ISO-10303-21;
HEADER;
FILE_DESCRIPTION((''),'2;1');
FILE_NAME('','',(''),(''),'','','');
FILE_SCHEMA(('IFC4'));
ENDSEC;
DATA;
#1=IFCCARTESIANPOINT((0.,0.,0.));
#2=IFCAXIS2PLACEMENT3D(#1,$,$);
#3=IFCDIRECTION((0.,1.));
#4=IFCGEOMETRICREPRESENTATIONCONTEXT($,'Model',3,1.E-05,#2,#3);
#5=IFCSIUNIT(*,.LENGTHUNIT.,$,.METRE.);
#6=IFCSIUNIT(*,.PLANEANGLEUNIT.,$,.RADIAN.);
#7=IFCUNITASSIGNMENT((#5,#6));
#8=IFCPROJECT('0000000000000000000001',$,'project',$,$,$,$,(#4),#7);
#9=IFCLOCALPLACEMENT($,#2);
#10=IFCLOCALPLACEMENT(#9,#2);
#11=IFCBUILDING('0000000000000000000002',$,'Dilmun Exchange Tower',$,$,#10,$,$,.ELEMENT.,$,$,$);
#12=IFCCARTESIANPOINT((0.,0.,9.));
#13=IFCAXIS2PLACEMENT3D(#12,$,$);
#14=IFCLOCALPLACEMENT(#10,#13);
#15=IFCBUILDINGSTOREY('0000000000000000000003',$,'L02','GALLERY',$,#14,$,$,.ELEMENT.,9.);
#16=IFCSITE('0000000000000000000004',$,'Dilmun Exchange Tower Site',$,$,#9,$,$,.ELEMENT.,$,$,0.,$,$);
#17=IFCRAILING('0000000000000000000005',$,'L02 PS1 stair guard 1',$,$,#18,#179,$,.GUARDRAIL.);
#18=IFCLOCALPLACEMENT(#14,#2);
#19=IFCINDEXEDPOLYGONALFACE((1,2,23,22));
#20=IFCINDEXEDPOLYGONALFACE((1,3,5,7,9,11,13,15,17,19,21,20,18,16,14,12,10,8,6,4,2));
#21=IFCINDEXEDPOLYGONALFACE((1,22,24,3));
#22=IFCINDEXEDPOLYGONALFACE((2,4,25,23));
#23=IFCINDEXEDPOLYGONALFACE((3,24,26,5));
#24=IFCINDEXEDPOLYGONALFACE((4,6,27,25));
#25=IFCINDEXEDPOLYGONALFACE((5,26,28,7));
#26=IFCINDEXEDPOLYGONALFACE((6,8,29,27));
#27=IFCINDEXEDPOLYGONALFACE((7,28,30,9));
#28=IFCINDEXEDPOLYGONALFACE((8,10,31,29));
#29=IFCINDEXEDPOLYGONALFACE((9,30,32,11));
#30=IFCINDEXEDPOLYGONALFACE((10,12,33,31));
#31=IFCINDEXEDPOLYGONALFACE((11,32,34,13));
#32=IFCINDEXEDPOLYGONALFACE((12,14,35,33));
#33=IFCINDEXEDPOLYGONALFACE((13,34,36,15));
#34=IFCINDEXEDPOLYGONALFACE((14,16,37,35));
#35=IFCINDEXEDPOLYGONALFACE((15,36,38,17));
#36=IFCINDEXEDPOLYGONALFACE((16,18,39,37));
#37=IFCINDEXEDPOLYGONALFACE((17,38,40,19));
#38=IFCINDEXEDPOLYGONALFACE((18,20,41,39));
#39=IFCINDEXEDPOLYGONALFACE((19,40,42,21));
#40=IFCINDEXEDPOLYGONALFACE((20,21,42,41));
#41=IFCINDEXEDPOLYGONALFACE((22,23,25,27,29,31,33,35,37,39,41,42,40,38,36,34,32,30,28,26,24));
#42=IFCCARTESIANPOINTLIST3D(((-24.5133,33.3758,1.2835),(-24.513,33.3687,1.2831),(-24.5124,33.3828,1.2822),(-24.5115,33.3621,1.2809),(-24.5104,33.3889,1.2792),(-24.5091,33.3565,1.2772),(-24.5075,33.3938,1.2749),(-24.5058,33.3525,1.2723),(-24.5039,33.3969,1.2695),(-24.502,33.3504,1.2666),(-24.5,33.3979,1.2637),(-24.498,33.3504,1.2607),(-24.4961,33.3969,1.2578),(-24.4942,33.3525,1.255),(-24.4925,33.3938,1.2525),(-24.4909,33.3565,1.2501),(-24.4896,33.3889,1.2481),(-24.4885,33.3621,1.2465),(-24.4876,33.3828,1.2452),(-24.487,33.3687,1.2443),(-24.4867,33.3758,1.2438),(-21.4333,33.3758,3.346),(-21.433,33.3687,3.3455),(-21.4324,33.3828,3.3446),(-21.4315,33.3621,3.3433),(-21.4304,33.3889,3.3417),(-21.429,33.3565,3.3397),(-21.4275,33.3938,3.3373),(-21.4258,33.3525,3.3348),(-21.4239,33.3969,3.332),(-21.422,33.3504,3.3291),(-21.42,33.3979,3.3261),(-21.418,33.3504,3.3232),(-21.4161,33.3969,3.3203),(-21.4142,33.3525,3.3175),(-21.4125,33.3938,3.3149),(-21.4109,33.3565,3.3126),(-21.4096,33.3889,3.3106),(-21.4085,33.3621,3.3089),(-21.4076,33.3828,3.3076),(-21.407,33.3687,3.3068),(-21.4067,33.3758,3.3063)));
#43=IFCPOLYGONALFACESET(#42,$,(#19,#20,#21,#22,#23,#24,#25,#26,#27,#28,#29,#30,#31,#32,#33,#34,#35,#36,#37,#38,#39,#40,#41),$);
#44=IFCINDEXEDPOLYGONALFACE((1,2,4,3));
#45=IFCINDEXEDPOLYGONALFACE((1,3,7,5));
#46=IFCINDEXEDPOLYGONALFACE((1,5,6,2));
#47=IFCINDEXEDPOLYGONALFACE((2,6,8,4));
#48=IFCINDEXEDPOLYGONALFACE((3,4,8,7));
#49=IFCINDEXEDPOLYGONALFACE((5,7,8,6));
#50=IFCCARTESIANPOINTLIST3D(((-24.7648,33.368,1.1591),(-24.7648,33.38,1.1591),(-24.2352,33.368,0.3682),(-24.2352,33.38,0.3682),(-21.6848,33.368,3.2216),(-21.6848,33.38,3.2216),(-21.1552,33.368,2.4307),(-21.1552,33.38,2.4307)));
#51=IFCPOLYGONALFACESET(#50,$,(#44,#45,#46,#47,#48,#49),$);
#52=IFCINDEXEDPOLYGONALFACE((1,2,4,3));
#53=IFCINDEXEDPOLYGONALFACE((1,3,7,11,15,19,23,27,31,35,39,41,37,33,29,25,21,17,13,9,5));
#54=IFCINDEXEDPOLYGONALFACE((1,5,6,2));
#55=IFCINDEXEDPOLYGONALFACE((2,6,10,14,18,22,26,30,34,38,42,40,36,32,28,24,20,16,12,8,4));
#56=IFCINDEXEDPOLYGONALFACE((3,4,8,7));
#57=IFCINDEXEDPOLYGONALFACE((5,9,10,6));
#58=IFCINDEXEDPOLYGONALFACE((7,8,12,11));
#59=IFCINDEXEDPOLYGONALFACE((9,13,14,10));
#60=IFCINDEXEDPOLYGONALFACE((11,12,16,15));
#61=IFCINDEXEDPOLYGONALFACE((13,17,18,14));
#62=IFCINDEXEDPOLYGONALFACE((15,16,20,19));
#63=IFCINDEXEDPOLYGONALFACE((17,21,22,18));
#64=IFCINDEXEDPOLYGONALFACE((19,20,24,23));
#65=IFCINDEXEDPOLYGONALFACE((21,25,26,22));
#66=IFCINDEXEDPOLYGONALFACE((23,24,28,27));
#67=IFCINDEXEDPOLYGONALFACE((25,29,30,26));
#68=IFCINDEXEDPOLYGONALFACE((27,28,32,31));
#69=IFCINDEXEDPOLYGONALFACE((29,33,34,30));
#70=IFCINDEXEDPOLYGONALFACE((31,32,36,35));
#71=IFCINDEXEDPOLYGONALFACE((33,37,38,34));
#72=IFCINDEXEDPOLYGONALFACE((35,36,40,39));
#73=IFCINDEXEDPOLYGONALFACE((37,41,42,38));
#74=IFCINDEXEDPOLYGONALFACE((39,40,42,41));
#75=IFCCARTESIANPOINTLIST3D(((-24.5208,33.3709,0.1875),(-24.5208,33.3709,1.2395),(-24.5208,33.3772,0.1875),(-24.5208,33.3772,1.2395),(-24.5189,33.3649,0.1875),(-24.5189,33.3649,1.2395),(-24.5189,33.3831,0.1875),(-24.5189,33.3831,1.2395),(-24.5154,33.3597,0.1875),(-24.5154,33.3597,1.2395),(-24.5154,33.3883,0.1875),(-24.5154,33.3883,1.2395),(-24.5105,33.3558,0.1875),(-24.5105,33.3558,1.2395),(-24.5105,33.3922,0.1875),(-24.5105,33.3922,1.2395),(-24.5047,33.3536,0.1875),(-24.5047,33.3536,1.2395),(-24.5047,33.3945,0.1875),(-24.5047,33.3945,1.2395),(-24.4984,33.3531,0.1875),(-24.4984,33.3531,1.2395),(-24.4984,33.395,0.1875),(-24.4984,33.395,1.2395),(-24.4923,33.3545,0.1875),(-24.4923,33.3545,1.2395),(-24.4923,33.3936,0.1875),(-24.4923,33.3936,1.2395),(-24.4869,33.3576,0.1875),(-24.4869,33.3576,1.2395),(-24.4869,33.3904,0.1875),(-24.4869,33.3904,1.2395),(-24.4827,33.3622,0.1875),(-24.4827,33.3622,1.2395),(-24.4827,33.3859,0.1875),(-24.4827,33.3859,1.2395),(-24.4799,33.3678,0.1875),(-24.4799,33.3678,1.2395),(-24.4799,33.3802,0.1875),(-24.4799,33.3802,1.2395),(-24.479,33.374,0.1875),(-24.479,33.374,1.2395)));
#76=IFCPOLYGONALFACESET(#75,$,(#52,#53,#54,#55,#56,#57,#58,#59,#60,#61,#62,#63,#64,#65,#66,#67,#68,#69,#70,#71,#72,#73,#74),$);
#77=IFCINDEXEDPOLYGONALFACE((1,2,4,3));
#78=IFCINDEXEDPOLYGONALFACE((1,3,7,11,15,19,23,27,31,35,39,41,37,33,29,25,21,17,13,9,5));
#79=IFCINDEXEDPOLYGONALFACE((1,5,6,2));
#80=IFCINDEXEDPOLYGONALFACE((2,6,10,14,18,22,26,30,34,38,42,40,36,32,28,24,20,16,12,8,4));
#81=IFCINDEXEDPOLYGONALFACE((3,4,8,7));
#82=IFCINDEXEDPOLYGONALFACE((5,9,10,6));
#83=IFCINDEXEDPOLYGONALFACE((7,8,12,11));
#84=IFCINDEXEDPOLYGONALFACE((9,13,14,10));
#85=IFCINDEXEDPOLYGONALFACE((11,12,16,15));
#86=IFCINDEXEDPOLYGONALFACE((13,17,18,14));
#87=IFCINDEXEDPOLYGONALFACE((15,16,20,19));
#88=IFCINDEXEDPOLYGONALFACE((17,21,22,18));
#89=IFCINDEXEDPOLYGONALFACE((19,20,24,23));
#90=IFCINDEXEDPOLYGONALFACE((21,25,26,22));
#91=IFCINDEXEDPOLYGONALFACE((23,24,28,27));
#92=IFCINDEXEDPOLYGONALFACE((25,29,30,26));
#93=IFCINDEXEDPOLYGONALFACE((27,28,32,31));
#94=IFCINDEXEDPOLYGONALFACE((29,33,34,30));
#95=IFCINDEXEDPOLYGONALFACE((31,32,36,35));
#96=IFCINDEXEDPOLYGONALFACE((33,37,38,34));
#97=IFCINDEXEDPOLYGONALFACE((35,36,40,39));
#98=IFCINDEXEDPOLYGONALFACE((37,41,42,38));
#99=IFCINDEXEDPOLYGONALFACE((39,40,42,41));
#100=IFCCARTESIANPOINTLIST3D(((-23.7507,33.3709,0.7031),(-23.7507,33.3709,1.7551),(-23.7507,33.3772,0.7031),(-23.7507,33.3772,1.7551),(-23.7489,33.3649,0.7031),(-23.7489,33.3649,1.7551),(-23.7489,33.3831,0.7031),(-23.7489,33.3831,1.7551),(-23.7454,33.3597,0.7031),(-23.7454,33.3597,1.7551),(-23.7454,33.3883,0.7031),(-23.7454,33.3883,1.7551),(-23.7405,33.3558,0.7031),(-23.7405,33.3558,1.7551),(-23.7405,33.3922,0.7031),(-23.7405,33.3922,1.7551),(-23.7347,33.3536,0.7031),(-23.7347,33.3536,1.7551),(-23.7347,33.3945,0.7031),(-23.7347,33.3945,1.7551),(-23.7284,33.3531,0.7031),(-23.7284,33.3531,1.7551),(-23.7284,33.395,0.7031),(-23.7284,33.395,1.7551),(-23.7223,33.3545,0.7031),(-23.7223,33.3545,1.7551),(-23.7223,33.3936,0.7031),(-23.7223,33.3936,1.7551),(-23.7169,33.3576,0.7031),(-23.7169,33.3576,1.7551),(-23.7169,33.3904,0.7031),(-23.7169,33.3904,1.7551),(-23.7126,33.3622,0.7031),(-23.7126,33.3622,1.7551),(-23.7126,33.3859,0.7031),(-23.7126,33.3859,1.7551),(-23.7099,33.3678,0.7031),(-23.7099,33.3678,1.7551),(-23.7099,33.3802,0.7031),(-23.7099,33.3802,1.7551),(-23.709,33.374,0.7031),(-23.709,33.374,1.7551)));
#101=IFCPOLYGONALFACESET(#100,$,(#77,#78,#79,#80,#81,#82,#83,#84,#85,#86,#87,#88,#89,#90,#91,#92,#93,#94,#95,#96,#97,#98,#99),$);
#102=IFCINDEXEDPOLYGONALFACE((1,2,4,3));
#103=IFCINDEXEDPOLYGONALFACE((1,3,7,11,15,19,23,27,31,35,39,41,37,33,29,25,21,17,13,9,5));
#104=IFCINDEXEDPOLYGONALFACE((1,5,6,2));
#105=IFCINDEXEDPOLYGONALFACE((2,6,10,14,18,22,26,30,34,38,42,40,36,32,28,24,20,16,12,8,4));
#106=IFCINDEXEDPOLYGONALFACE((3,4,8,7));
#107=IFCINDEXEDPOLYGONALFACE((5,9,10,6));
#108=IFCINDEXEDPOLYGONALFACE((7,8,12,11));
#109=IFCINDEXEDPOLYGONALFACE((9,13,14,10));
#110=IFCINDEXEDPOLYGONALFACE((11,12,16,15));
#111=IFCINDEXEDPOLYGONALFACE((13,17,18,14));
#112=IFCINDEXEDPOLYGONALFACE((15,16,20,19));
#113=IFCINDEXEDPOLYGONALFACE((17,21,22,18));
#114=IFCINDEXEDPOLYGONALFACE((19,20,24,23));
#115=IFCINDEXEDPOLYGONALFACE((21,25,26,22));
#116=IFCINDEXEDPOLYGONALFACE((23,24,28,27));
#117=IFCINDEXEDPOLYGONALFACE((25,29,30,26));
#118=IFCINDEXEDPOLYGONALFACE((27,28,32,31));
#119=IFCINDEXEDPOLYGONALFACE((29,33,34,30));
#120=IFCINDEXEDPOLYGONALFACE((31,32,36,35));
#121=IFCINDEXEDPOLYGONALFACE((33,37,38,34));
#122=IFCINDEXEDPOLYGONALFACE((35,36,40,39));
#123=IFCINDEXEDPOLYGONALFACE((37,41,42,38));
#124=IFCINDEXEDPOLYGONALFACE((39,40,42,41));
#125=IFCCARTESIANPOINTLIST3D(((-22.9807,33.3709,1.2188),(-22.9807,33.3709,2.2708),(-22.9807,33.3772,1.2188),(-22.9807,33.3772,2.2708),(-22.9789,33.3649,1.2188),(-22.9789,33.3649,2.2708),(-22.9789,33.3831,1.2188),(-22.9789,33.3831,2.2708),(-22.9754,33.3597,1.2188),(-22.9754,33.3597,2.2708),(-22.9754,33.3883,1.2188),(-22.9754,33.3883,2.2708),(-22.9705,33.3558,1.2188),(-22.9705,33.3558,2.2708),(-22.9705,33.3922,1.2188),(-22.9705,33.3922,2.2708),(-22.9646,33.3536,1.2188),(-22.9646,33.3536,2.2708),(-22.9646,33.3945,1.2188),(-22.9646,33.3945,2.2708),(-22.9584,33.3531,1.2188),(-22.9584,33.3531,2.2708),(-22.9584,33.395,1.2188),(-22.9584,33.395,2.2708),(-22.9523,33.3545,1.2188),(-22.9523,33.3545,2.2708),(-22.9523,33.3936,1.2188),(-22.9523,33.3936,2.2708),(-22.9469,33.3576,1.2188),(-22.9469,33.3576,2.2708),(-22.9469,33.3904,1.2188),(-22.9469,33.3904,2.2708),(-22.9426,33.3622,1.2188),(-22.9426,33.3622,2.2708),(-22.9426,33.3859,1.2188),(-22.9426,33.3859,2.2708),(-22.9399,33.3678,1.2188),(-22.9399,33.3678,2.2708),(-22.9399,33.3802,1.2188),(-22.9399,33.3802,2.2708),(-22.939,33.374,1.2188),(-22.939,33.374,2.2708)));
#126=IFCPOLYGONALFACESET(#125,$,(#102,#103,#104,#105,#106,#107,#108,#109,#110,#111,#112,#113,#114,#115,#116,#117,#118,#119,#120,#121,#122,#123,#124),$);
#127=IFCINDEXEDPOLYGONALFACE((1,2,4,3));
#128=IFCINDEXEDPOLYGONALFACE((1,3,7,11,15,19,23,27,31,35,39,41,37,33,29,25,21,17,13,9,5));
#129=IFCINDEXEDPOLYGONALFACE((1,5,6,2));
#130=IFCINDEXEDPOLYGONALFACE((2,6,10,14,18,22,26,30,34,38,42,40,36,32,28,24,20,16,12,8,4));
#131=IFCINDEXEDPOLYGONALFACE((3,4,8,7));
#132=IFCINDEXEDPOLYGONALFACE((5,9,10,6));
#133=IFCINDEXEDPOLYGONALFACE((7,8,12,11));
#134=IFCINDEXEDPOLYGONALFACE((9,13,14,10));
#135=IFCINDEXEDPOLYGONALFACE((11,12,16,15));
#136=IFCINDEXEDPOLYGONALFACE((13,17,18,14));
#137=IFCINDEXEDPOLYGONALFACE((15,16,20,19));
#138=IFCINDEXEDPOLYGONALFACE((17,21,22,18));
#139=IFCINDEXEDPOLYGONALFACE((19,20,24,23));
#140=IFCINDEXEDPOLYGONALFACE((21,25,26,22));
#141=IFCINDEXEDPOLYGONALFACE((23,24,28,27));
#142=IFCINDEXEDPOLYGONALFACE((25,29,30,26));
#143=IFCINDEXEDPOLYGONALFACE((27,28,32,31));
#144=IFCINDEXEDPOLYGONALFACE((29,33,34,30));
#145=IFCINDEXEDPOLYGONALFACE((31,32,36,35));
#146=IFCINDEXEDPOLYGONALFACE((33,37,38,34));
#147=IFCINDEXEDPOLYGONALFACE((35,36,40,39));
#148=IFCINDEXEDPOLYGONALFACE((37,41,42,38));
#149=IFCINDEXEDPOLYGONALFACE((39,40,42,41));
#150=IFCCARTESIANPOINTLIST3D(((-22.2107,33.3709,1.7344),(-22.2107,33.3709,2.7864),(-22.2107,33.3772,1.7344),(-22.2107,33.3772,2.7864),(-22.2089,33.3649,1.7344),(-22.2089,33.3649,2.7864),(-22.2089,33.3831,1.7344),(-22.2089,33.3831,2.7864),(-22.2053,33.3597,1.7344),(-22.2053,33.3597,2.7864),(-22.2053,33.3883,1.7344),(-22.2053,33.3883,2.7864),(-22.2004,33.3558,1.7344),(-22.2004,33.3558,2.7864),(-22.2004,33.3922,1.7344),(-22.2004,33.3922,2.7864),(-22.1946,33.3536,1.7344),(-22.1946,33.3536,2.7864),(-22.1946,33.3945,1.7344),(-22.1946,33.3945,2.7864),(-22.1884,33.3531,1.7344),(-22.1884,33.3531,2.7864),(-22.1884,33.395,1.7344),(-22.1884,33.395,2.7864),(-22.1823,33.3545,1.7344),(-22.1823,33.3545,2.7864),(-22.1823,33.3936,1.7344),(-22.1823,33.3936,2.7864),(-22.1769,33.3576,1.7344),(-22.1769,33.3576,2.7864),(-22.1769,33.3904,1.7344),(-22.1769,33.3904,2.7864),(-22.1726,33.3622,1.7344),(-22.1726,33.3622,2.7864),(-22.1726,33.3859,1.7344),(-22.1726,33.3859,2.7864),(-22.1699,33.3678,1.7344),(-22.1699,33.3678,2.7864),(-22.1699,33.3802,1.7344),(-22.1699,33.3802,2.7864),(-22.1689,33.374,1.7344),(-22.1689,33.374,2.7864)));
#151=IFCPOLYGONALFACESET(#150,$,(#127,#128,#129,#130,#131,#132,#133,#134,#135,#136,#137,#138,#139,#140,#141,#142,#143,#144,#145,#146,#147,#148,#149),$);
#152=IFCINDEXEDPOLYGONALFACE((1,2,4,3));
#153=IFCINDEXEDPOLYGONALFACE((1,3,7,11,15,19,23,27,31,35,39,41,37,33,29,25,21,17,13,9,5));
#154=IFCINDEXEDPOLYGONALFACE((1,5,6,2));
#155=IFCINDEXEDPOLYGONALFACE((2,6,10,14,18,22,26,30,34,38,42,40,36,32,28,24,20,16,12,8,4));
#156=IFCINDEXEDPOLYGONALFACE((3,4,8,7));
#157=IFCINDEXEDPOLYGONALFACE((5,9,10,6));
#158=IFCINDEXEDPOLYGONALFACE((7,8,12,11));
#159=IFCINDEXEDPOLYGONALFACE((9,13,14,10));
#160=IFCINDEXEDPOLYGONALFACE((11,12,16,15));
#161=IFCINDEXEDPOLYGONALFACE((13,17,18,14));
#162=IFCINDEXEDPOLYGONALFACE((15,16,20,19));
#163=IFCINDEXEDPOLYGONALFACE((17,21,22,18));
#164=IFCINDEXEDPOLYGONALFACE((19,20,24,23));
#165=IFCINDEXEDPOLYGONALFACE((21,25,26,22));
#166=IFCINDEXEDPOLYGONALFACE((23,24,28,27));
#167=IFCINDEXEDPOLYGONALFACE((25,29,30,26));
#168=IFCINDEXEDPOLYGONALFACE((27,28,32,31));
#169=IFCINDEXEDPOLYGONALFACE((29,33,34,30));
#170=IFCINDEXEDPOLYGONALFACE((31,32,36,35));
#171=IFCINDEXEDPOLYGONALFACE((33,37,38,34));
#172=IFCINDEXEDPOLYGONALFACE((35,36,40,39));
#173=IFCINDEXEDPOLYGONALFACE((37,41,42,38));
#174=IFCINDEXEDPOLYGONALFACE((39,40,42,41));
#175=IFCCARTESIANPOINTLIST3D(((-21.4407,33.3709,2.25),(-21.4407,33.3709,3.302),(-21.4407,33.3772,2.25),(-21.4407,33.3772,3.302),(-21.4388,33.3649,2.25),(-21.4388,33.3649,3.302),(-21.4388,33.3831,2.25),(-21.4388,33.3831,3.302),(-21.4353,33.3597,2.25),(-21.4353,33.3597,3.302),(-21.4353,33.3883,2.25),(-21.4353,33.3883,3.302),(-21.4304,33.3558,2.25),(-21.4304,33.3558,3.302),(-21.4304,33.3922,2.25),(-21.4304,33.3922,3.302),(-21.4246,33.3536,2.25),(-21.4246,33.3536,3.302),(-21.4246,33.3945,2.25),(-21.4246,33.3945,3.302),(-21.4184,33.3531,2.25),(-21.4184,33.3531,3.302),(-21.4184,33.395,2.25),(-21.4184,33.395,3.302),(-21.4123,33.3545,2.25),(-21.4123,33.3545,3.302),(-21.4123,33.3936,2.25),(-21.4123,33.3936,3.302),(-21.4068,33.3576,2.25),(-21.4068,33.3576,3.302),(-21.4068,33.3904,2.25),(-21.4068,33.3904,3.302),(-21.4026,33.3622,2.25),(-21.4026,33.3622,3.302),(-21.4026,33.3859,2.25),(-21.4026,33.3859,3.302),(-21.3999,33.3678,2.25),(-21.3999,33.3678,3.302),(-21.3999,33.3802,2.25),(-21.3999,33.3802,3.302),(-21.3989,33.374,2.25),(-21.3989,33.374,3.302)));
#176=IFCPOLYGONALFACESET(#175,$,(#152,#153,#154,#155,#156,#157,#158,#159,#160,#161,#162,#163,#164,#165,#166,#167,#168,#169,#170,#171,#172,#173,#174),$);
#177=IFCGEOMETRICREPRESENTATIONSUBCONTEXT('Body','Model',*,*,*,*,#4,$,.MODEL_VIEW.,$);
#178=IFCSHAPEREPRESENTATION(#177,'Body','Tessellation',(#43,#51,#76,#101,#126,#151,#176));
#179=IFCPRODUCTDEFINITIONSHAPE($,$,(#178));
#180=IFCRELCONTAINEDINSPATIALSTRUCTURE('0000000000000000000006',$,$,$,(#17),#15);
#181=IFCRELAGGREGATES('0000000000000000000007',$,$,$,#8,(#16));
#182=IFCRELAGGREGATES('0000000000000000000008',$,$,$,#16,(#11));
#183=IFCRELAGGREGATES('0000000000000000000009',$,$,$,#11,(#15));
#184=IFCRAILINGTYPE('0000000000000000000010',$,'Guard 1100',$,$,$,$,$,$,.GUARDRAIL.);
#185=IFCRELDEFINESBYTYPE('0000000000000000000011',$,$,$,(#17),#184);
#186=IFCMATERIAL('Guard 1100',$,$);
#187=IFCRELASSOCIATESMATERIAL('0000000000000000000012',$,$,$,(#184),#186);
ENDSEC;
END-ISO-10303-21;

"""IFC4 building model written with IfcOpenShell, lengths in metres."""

from ifc_helpers import new_model, si_unit, direction, frame, origin, origin_2d, place, context, subcontext, project, spatial, rectangle, circle, extrude, material, type_object, element, save


model = new_model("IFC4")

# Units and contexts
model_context = context("Model", 3, precision=1e-05, world=origin(), true_north=direction((0.0, 1.0)))
body_context = subcontext(model_context, "Body", "Model", "MODEL_VIEW")
ifc_project = project(units=[si_unit("LENGTHUNIT", "METRE"), si_unit("PLANEANGLEUNIT", "RADIAN")], contexts=[model_context])

# Site, building, storey
site_placement = place(None, origin())
site = spatial("IfcSite", under=ifc_project, at=site_placement, Name="Dilmun Exchange Tower Site", CompositionType="ELEMENT", RefElevation=0.0)
building_placement = place(site_placement, origin())
building = spatial("IfcBuilding", under=site, at=building_placement, Name="Dilmun Exchange Tower", CompositionType="ELEMENT")
storey_placement = place(building_placement, frame((0.0, 0.0, 9.0)))
storey = spatial("IfcBuildingStorey", under=building, at=storey_placement, Name="L02", Description="GALLERY", CompositionType="ELEMENT", Elevation=9.0)

# Railing
ifc_material_1 = material(Name="Guard 1100")
railing_type_1 = type_object("IfcRailingType", Name="Guard 1100", PredefinedType="GUARDRAIL", material=ifc_material_1)
railing_1_placement = place(storey_placement, frame((-24.5, 33.374, 0.1875)))
element("IfcRailing", 1, at=railing_1_placement, inside=storey, type_object=railing_type_1, Name="L02 PS1 stair guard 1", PredefinedType="GUARDRAIL", context=body_context, shape_type="SweptSolid", body=[
    extrude(circle(Radius=0.0239, at=origin_2d()), frame((0.0, 0.0, 1.0762), z_axis=(0.830914, 0.0, 0.556401), x_axis=(0.0, 1.0, 0.0)), (0.0, 0.0, 1.0), 3.7068),
    extrude(rectangle(XDim=0.012, YDim=0.9519, at=origin_2d()), frame((0.0, 0.0, 0.5762), z_axis=(0.830914, 0.0, 0.556401), x_axis=(0.0, 1.0, 0.0)), (0.0, 0.0, 1.0), 3.7068),
    extrude(circle(Radius=0.021, at=origin_2d()), origin(), (0.0, 0.0, 1.0), 1.052),
    extrude(circle(Radius=0.021, at=origin_2d()), frame((0.77, 0.0, 0.5156)), (0.0, 0.0, 1.0), 1.052),
    extrude(circle(Radius=0.021, at=origin_2d()), frame((1.54, 0.0, 1.0312)), (0.0, 0.0, 1.0), 1.052),
    extrude(circle(Radius=0.021, at=origin_2d()), frame((2.3101, 0.0, 1.5469)), (0.0, 0.0, 1.0), 1.052),
    extrude(circle(Radius=0.021, at=origin_2d()), frame((3.0801, 0.0, 2.0625)), (0.0, 0.0, 1.0), 1.052),
])

save(model, "model.ifc")
